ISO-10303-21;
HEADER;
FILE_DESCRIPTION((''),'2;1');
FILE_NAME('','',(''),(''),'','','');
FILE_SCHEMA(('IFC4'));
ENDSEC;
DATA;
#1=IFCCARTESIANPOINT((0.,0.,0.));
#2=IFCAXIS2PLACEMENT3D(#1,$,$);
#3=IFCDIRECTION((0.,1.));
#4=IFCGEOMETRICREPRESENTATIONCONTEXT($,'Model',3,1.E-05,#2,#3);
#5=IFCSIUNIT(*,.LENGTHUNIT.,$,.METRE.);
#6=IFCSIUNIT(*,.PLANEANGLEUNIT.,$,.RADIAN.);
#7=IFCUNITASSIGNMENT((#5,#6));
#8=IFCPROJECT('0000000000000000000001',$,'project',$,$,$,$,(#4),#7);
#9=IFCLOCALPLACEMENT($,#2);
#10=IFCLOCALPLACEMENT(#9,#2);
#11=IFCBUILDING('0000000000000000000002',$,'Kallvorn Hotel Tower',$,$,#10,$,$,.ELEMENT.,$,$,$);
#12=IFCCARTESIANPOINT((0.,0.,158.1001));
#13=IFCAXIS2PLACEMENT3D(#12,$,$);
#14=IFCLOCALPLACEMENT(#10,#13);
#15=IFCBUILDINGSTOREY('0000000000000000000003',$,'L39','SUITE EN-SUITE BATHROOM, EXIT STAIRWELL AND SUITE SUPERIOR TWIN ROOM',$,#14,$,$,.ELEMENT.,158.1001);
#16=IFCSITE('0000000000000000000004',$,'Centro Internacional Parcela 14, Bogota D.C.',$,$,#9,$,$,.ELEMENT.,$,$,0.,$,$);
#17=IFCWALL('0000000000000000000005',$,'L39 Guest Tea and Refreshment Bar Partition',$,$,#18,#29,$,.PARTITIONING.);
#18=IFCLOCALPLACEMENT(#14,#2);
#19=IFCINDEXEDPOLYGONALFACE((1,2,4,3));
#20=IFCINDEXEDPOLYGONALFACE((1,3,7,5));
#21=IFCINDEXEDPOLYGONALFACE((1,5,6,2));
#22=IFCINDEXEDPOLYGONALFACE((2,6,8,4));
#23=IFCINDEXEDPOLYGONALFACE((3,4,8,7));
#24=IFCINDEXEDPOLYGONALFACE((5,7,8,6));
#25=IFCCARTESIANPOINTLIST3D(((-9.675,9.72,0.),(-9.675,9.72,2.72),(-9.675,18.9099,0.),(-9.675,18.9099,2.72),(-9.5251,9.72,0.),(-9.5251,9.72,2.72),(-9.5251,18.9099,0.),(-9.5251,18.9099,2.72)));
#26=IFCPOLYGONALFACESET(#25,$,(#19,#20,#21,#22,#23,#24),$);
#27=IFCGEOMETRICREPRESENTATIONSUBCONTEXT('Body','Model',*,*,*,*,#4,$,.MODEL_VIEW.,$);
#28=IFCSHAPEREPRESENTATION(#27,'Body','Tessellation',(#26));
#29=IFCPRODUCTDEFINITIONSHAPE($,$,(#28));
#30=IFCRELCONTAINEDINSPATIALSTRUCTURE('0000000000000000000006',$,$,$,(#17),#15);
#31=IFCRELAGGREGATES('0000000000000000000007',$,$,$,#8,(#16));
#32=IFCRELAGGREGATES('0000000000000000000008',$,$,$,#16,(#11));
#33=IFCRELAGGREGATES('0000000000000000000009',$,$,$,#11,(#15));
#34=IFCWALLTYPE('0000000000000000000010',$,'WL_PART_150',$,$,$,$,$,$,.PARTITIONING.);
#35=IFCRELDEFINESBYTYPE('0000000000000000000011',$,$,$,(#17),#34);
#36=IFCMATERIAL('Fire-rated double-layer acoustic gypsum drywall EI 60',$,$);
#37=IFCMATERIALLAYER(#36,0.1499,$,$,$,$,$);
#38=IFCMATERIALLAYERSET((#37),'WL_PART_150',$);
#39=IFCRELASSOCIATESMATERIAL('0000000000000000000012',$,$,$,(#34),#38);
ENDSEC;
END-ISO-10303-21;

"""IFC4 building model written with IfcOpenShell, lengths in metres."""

from ifc_helpers import new_model, si_unit, direction, frame, frame_2d, origin, place, context, subcontext, project, spatial, rectangle, extrude, material, layer, layer_set, type_object, element, save


model = new_model("IFC4")

# Units and contexts
model_context = context("Model", 3, precision=1e-05, world=origin(), true_north=direction((0.0, 1.0)))
body_context = subcontext(model_context, "Body", "Model", "MODEL_VIEW")
ifc_project = project(units=[si_unit("LENGTHUNIT", "METRE"), si_unit("PLANEANGLEUNIT", "RADIAN")], contexts=[model_context])

# Site, building, storey
site_placement = place(None, origin())
site = spatial("IfcSite", under=ifc_project, at=site_placement, Name="Centro Internacional Parcela 14, Bogota D.C.", CompositionType="ELEMENT", RefElevation=0.0)
building_placement = place(site_placement, origin())
building = spatial("IfcBuilding", under=site, at=building_placement, Name="Kallvorn Hotel Tower", CompositionType="ELEMENT")
storey_placement = place(building_placement, frame((0.0, 0.0, 158.1001)))
storey = spatial("IfcBuildingStorey", under=building, at=storey_placement, Name="L39", Description="SUITE EN-SUITE BATHROOM, EXIT STAIRWELL AND SUITE SUPERIOR TWIN ROOM", CompositionType="ELEMENT", Elevation=158.1001)

# Wall
ifc_material_1 = material(Name="Fire-rated double-layer acoustic gypsum drywall EI 60")
ifc_layer_1 = layer(ifc_material_1, 0.1499)
ifc_layer_set_1 = layer_set([ifc_layer_1], Name="WL_PART_150")
wall_type_1 = type_object("IfcWallType", Name="WL_PART_150", PredefinedType="PARTITIONING", material=ifc_layer_set_1)
for number, where, z_axis, x_axis, name in (
    (1, (-9.6001, 9.72, 0.0), (0.0, 0.0, 1.0), (0.0, 1.0, 0.0), "L39 Guest Tea and Refreshment Bar Partition"),
):
    element("IfcWall", number, at=place(storey_placement, frame(where, z_axis=z_axis, x_axis=x_axis)), inside=storey, type_object=wall_type_1, Name=name, PredefinedType="PARTITIONING", context=body_context, shape_type="SweptSolid", body=[
        extrude(rectangle(XDim=9.1899, YDim=0.1499, at=frame_2d((4.595, 0.0))), origin(), (0.0, 0.0, 1.0), 2.72),
    ])

save(model, "model.ifc")
